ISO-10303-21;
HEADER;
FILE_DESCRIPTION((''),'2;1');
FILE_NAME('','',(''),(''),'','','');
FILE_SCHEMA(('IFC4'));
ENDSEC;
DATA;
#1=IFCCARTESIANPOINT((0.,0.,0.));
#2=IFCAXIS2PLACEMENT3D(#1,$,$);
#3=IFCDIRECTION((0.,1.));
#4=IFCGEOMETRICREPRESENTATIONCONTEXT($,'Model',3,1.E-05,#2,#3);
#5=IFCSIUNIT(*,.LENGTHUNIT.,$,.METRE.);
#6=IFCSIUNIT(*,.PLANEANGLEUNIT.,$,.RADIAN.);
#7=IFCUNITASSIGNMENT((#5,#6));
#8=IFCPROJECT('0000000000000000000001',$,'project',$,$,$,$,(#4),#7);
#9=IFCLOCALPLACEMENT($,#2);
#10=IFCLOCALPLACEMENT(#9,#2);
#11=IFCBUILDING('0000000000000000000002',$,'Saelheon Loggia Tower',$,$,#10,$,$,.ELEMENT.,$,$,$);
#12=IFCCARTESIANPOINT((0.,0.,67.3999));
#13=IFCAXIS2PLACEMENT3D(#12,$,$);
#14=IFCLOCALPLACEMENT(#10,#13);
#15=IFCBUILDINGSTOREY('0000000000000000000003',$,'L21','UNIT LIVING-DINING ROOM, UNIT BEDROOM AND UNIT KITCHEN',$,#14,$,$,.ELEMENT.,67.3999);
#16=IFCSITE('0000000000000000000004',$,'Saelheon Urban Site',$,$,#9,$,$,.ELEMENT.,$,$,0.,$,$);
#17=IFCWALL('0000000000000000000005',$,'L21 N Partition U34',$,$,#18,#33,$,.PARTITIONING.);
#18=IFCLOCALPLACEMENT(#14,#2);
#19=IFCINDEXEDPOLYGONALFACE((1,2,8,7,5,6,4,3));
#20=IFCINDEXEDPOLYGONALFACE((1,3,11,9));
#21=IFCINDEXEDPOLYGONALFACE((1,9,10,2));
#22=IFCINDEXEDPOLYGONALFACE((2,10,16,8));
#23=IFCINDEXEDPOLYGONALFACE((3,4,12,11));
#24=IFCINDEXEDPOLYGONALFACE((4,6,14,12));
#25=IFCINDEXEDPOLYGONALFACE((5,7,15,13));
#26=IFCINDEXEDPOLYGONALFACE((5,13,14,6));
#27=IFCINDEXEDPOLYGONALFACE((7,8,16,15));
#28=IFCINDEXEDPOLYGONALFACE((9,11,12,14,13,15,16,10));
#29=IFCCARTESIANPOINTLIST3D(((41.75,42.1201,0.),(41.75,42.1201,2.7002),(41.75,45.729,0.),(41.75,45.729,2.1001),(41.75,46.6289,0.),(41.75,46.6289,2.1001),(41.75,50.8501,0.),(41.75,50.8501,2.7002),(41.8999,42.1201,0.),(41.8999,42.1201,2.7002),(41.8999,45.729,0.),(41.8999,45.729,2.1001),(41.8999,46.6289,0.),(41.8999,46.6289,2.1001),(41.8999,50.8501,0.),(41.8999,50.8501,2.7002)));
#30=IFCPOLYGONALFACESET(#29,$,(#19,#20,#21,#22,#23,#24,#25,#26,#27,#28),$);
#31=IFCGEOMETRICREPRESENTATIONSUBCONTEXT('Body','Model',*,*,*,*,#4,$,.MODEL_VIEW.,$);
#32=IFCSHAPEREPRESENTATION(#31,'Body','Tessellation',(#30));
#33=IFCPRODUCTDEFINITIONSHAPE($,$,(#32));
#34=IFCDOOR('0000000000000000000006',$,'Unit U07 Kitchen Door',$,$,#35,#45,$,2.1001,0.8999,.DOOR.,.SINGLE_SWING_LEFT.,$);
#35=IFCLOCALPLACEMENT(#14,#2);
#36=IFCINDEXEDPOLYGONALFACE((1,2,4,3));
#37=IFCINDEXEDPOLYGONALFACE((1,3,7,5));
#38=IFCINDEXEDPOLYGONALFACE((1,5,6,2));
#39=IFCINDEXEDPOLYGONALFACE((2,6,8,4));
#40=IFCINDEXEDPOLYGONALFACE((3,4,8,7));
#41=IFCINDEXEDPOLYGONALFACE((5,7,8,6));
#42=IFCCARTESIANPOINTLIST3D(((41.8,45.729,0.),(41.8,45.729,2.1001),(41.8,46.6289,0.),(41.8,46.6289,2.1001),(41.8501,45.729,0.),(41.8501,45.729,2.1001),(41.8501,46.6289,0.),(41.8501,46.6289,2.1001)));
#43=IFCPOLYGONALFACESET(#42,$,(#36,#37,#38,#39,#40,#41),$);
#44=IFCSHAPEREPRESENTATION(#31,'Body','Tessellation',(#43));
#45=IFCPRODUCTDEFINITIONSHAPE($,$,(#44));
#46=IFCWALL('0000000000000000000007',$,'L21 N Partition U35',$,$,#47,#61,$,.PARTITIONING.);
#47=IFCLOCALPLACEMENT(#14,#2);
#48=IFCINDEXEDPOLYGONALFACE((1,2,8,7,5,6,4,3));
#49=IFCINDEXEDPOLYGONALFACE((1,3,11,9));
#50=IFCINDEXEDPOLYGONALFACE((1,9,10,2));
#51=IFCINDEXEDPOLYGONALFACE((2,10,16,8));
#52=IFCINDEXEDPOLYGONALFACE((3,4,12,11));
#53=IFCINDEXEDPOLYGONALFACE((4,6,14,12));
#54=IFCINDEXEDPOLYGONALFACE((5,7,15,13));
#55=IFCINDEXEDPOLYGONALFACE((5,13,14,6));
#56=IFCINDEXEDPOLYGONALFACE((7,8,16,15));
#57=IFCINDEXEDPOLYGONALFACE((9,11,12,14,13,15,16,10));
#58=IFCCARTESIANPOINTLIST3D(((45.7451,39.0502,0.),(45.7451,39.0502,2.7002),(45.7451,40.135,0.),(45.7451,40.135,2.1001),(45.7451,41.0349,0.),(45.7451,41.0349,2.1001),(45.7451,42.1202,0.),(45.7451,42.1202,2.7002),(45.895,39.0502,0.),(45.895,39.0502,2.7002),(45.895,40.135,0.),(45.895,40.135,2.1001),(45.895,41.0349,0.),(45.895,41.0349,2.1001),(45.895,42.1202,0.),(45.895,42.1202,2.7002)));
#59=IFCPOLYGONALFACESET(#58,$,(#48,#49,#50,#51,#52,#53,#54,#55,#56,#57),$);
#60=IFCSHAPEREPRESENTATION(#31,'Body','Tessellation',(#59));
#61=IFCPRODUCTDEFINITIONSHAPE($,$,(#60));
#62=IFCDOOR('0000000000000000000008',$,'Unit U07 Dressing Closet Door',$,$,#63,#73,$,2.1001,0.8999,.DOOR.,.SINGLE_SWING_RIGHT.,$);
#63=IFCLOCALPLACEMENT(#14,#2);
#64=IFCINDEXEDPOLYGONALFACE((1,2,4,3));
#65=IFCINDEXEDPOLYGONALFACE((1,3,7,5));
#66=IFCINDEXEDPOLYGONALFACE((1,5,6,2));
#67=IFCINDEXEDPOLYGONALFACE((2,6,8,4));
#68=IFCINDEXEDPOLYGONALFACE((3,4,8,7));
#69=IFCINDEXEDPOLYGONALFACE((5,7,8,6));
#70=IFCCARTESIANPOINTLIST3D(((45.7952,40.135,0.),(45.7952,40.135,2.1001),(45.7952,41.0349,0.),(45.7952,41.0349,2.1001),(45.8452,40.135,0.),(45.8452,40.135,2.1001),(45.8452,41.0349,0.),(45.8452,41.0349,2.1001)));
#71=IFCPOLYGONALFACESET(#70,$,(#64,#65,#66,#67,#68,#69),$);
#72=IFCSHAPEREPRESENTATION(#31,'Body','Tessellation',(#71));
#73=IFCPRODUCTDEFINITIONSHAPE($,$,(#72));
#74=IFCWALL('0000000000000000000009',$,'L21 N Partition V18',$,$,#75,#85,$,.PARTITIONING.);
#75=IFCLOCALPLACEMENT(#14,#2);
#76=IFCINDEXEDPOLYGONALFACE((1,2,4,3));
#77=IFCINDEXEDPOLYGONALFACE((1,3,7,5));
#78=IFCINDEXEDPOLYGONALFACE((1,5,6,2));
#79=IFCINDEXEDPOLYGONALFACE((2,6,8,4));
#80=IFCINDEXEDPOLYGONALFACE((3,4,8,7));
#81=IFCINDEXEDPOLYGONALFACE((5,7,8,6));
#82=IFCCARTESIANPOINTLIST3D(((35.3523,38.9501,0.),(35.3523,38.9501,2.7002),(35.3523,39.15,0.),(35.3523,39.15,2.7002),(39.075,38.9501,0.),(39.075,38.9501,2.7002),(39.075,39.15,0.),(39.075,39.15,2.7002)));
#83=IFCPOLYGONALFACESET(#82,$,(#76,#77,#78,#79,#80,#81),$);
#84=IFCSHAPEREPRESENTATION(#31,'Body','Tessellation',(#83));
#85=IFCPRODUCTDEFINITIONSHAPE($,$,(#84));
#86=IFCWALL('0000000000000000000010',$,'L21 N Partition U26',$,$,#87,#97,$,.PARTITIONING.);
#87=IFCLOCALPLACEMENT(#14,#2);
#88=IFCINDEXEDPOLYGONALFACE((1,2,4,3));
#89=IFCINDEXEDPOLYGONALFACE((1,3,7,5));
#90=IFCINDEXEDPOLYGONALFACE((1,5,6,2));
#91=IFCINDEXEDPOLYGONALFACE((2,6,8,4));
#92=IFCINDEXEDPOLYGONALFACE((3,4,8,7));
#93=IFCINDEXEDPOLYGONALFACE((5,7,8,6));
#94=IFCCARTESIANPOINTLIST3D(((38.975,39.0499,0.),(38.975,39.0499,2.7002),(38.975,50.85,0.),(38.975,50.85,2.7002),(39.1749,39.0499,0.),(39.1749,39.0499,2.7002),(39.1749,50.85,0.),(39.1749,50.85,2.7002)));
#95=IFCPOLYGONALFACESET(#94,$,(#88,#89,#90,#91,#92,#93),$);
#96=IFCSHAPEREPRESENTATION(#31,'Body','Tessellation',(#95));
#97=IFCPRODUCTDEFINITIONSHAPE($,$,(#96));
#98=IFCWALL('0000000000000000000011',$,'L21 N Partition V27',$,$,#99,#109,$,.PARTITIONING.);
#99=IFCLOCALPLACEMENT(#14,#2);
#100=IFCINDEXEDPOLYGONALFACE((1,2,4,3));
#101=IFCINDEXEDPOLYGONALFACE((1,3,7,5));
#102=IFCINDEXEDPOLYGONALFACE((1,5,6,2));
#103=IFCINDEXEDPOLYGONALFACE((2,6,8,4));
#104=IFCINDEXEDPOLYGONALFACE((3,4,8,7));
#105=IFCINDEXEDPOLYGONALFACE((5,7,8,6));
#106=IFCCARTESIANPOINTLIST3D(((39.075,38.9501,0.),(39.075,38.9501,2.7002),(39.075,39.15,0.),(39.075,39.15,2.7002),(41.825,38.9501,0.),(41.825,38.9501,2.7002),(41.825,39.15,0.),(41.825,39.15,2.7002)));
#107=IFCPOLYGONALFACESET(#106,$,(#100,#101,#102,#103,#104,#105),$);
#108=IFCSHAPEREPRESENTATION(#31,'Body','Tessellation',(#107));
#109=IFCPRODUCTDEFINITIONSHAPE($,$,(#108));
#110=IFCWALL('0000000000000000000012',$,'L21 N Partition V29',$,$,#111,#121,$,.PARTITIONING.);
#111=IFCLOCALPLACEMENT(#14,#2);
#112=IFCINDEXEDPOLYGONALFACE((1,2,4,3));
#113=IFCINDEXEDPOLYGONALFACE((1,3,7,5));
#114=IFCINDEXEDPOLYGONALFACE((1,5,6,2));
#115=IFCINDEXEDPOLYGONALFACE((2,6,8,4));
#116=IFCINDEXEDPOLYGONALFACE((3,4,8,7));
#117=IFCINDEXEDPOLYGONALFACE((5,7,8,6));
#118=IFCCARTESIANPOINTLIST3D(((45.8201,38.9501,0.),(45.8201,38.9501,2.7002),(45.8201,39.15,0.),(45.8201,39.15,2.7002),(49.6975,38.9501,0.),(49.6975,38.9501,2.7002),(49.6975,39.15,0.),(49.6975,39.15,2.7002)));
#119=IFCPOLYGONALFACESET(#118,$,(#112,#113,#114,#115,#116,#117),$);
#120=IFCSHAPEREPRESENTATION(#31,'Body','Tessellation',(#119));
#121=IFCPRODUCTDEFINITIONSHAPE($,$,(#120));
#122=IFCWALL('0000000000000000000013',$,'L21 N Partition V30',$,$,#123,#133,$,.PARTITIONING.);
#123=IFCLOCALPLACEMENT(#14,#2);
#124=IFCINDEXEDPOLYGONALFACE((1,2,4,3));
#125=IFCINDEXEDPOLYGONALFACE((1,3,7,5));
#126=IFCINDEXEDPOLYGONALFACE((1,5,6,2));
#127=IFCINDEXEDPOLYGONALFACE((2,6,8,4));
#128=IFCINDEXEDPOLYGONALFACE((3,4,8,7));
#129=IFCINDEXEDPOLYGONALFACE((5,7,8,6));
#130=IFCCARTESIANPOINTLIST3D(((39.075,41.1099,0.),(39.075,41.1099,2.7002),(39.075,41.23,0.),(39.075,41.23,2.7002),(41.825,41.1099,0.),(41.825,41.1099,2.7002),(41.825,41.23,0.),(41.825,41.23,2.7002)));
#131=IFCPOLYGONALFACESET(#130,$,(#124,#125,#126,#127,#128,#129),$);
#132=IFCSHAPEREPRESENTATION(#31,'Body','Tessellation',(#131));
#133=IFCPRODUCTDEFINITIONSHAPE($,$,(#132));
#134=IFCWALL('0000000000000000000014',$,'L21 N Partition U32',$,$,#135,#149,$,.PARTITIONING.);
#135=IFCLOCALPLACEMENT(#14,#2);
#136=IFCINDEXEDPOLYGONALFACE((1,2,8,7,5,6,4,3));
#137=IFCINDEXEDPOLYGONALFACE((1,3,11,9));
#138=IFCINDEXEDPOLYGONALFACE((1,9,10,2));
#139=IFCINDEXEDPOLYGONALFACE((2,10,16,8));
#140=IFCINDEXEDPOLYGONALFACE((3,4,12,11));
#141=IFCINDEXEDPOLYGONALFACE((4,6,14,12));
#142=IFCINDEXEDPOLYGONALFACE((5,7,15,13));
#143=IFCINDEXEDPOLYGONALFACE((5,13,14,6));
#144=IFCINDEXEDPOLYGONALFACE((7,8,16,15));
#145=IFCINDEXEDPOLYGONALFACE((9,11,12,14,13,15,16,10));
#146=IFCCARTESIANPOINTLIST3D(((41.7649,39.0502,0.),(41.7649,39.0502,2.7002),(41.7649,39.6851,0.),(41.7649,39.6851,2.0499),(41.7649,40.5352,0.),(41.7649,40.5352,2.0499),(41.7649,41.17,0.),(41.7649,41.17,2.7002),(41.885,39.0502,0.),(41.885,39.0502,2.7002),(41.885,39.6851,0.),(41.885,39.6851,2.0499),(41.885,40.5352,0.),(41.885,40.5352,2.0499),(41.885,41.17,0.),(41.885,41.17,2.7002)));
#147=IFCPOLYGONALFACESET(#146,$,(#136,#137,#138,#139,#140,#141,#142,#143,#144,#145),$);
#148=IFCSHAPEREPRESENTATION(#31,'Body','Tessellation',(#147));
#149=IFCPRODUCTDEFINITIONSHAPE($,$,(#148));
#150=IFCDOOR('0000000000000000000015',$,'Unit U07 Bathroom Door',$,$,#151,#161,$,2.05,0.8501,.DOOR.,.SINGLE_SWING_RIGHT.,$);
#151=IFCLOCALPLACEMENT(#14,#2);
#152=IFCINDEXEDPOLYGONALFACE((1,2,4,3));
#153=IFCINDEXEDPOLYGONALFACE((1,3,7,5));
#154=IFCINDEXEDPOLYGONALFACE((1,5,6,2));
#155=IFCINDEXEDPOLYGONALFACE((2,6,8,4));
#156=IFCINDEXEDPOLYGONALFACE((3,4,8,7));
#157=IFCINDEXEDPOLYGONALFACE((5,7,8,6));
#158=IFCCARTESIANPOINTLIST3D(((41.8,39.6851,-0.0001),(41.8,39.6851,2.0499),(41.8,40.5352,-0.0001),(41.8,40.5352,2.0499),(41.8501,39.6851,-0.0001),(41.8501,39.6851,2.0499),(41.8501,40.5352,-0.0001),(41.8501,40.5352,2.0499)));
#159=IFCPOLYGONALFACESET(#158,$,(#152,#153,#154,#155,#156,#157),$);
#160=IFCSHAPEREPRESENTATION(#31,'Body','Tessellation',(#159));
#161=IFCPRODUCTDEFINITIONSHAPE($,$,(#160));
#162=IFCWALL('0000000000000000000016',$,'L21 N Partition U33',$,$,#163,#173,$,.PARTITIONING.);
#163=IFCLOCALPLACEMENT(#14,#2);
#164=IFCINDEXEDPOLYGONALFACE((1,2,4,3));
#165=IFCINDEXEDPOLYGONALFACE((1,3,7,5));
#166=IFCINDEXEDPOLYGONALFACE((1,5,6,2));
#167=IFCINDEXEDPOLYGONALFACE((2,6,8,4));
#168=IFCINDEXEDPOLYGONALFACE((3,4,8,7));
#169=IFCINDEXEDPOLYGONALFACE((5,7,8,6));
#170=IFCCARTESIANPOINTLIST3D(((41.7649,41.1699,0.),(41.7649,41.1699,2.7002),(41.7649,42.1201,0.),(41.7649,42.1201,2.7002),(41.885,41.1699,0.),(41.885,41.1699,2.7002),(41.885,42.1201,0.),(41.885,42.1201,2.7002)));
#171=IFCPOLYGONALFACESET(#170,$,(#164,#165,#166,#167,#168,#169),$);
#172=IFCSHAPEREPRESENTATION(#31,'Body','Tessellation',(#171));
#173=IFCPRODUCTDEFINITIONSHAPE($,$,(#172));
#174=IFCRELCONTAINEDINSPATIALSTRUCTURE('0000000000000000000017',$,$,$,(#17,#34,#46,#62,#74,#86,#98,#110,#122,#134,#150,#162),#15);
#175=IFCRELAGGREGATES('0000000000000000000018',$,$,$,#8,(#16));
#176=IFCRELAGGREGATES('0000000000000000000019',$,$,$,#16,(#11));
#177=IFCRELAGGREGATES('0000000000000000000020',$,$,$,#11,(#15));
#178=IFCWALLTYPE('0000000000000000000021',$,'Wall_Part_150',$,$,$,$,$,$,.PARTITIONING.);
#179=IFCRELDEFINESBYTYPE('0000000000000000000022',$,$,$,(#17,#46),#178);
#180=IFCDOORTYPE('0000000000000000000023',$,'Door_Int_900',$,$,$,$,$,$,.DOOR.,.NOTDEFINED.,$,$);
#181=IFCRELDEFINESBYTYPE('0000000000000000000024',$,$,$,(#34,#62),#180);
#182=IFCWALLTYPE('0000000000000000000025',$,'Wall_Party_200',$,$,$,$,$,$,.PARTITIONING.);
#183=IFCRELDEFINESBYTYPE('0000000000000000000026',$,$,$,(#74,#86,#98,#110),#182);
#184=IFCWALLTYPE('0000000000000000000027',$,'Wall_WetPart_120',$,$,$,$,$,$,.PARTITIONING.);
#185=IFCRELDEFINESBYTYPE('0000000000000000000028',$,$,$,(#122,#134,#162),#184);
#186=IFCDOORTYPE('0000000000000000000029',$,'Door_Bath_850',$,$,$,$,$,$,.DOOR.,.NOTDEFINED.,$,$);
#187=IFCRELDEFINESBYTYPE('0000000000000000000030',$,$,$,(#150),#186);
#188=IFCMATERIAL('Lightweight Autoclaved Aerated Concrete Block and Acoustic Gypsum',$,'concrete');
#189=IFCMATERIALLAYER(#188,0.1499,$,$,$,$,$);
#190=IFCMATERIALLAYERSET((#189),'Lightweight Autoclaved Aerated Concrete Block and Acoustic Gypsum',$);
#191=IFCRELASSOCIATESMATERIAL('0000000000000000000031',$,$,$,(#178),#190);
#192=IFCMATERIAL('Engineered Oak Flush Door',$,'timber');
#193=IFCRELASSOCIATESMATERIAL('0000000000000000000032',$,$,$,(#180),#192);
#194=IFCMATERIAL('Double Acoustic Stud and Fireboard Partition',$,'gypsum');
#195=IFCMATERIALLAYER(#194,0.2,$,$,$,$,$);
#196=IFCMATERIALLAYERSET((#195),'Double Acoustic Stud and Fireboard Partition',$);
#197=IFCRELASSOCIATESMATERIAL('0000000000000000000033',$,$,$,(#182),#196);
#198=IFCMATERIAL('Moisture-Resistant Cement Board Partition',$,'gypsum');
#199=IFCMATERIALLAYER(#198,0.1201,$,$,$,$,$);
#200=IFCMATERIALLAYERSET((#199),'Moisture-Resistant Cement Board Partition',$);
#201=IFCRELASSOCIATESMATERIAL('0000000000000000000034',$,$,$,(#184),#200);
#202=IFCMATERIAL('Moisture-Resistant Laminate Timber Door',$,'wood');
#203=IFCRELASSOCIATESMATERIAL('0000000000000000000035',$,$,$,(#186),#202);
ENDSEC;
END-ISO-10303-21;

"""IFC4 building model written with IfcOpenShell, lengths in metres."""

from ifc_helpers import new_model, si_unit, direction, frame, frame_2d, origin, place, context, subcontext, project, spatial, rectangle, extrude, source, transform, mapped, material, layer, layer_set, type_object, element, fill, save


model = new_model("IFC4")

# Units and contexts
model_context = context("Model", 3, precision=1e-05, world=origin(), true_north=direction((0.0, 1.0)))
body_context = subcontext(model_context, "Body", "Model", "MODEL_VIEW")
ifc_project = project(units=[si_unit("LENGTHUNIT", "METRE"), si_unit("PLANEANGLEUNIT", "RADIAN")], contexts=[model_context])

# Site, building, storey
site_placement = place(None, origin())
site = spatial("IfcSite", under=ifc_project, at=site_placement, Name="Saelheon Urban Site", CompositionType="ELEMENT", RefElevation=0.0)
building_placement = place(site_placement, origin())
building = spatial("IfcBuilding", under=site, at=building_placement, Name="Saelheon Loggia Tower", CompositionType="ELEMENT")
storey_placement = place(building_placement, frame((0.0, 0.0, 67.3999)))
storey = spatial("IfcBuildingStorey", under=building, at=storey_placement, Name="L21", Description="UNIT LIVING-DINING ROOM, UNIT BEDROOM AND UNIT KITCHEN", CompositionType="ELEMENT", Elevation=67.3999)

# Shared definitions
ifc_material_1 = material(Name="Lightweight Autoclaved Aerated Concrete Block and Acoustic Gypsum", Category="concrete")
ifc_layer_1 = layer(ifc_material_1, 0.1499)
ifc_layer_set_1 = layer_set([ifc_layer_1], Name="Lightweight Autoclaved Aerated Concrete Block and Acoustic Gypsum")
wall_type_1 = type_object("IfcWallType", Name="Wall_Part_150", PredefinedType="PARTITIONING", material=ifc_layer_set_1)

# Shared definitions
ifc_material_2 = material(Name="Engineered Oak Flush Door", Category="timber")
door_type_1 = type_object("IfcDoorType", Name="Door_Int_900", OperationType="NOTDEFINED", PredefinedType="DOOR", material=ifc_material_2)
shared_shape_1 = source(origin(), body_context, "Body", "SweptSolid", [
    extrude(rectangle(XDim=0.8999, YDim=2.1001, at=frame_2d((0.45, 1.05))), frame((0.0, 0.0249, 0.0), z_axis=(0.0, -1.0, 0.0), x_axis=(1.0, 0.0, 0.0)), (0.0, 0.0, 1.0), 0.05),
])

# Walls, openings, doors
wall_1_placement = place(storey_placement, frame((41.825, 42.1201, 0.0), z_axis=(0.0, 0.0, 1.0), x_axis=(0.0, 1.0, 0.0)))
wall_1 = element("IfcWall", 1, at=wall_1_placement, inside=storey, type_object=wall_type_1, Name="L21 N Partition U34", PredefinedType="PARTITIONING", context=body_context, shape_type="SweptSolid", body=[
    extrude(rectangle(XDim=8.73, YDim=0.1499, at=frame_2d((4.365, 0.0))), origin(), (0.0, 0.0, 1.0), 2.7002),
])
opening_1_placement = place(wall_1_placement, frame((3.6089, 0.0, 0.0)))
opening_1 = element("IfcOpeningElement", 2, at=opening_1_placement, cuts=wall_1, PredefinedType="OPENING", context=body_context, shape_type="SweptSolid", body=[
    extrude(rectangle(XDim=0.8999, YDim=2.1001, at=frame_2d((0.45, 1.05))), frame((0.0, 0.0869, 0.0), z_axis=(0.0, -1.0, 0.0), x_axis=(1.0, 0.0, 0.0)), (0.0, 0.0, 1.0), 0.1738),
])
door_1_placement = place(opening_1_placement, origin())
door_1 = element("IfcDoor", 3, at=door_1_placement, inside=storey, type_object=door_type_1, Name="Unit U07 Kitchen Door", OperationType="SINGLE_SWING_LEFT", OverallHeight=2.1001, OverallWidth=0.8999, PredefinedType="DOOR", context=body_context, shape_type="MappedRepresentation", body=[
    mapped(shared_shape_1, transform((0.0, 0.0, 0.0), scale=1.0)),
])
fill(opening_1, door_1)
wall_2_placement = place(storey_placement, frame((45.8201, 39.05, 0.0), z_axis=(0.0, 0.0, 1.0), x_axis=(0.0, 1.0, 0.0)))
wall_2 = element("IfcWall", 4, at=wall_2_placement, inside=storey, type_object=wall_type_1, Name="L21 N Partition U35", PredefinedType="PARTITIONING", context=body_context, shape_type="SweptSolid", body=[
    extrude(rectangle(XDim=3.0701, YDim=0.1499, at=frame_2d((1.5352, 0.0))), origin(), (0.0, 0.0, 1.0), 2.7002),
])
opening_2_placement = place(wall_2_placement, frame((1.085, 0.0, 0.0)))
opening_2 = element("IfcOpeningElement", 5, at=opening_2_placement, cuts=wall_2, PredefinedType="OPENING", context=body_context, shape_type="SweptSolid", body=[
    extrude(rectangle(XDim=0.8999, YDim=2.1001, at=frame_2d((0.45, 1.05))), frame((0.0, 0.0869, 0.0), z_axis=(0.0, -1.0, 0.0), x_axis=(1.0, 0.0, 0.0)), (0.0, 0.0, 1.0), 0.1738),
])
door_2_placement = place(opening_2_placement, origin())
door_2 = element("IfcDoor", 6, at=door_2_placement, inside=storey, type_object=door_type_1, Name="Unit U07 Dressing Closet Door", OperationType="SINGLE_SWING_RIGHT", OverallHeight=2.1001, OverallWidth=0.8999, PredefinedType="DOOR", context=body_context, shape_type="MappedRepresentation", body=[
    mapped(shared_shape_1, transform((0.0, 0.0, 0.0), scale=1.0)),
])
fill(opening_2, door_2)

# Walls
ifc_material_3 = material(Name="Double Acoustic Stud and Fireboard Partition", Category="gypsum")
ifc_layer_2 = layer(ifc_material_3, 0.2)
ifc_layer_set_2 = layer_set([ifc_layer_2], Name="Double Acoustic Stud and Fireboard Partition")
wall_type_2 = type_object("IfcWallType", Name="Wall_Party_200", PredefinedType="PARTITIONING", material=ifc_layer_set_2)
wall_3_placement = place(storey_placement, frame((35.3523, 39.05, 0.0), z_axis=(0.0, 0.0, 1.0), x_axis=(1.0, 0.0, 0.0)))
element("IfcWall", 7, at=wall_3_placement, inside=storey, type_object=wall_type_2, Name="L21 N Partition V18", PredefinedType="PARTITIONING", context=body_context, shape_type="SweptSolid", body=[
    extrude(rectangle(XDim=3.7227, YDim=0.2, at=frame_2d((1.8613, 0.0))), origin(), (0.0, 0.0, 1.0), 2.7002),
])
wall_4_placement = place(storey_placement, frame((39.075, 39.05, 0.0), z_axis=(0.0, 0.0, 1.0), x_axis=(0.0, 1.0, 0.0)))
element("IfcWall", 8, at=wall_4_placement, inside=storey, type_object=wall_type_2, Name="L21 N Partition U26", PredefinedType="PARTITIONING", context=body_context, shape_type="SweptSolid", body=[
    extrude(rectangle(XDim=11.8, YDim=0.2, at=frame_2d((5.8999, 0.0))), origin(), (0.0, 0.0, 1.0), 2.7002),
])
wall_5_placement = place(storey_placement, frame((39.075, 39.05, 0.0), z_axis=(0.0, 0.0, 1.0), x_axis=(1.0, 0.0, 0.0)))
element("IfcWall", 9, at=wall_5_placement, inside=storey, type_object=wall_type_2, Name="L21 N Partition V27", PredefinedType="PARTITIONING", context=body_context, shape_type="SweptSolid", body=[
    extrude(rectangle(XDim=2.75, YDim=0.2, at=frame_2d((1.375, 0.0))), origin(), (0.0, 0.0, 1.0), 2.7002),
])

# Walls
wall_6_placement = place(storey_placement, frame((45.8201, 39.05, 0.0), z_axis=(0.0, 0.0, 1.0), x_axis=(1.0, 0.0, 0.0)))
element("IfcWall", 10, at=wall_6_placement, inside=storey, type_object=wall_type_2, Name="L21 N Partition V29", PredefinedType="PARTITIONING", context=body_context, shape_type="SweptSolid", body=[
    extrude(rectangle(XDim=3.8774, YDim=0.2, at=frame_2d((1.9387, 0.0))), origin(), (0.0, 0.0, 1.0), 2.7002),
])
ifc_material_4 = material(Name="Moisture-Resistant Cement Board Partition", Category="gypsum")
ifc_layer_3 = layer(ifc_material_4, 0.1201)
ifc_layer_set_3 = layer_set([ifc_layer_3], Name="Moisture-Resistant Cement Board Partition")
wall_type_3 = type_object("IfcWallType", Name="Wall_WetPart_120", PredefinedType="PARTITIONING", material=ifc_layer_set_3)
wall_7_placement = place(storey_placement, frame((39.075, 41.1699, 0.0), z_axis=(0.0, 0.0, 1.0), x_axis=(1.0, 0.0, 0.0)))
element("IfcWall", 11, at=wall_7_placement, inside=storey, type_object=wall_type_3, Name="L21 N Partition V30", PredefinedType="PARTITIONING", context=body_context, shape_type="SweptSolid", body=[
    extrude(rectangle(XDim=2.75, YDim=0.1201, at=frame_2d((1.375, 0.0))), origin(), (0.0, 0.0, 1.0), 2.7002),
])

# Wall, opening, door
wall_8_placement = place(storey_placement, frame((41.825, 39.05, 0.0), z_axis=(0.0, 0.0, 1.0), x_axis=(0.0, 1.0, 0.0)))
wall_8 = element("IfcWall", 12, at=wall_8_placement, inside=storey, type_object=wall_type_3, Name="L21 N Partition U32", PredefinedType="PARTITIONING", context=body_context, shape_type="SweptSolid", body=[
    extrude(rectangle(XDim=2.1199, YDim=0.1201, at=frame_2d((1.0601, 0.0))), origin(), (0.0, 0.0, 1.0), 2.7002),
])
opening_3_placement = place(wall_8_placement, frame((0.635, 0.0, 0.0)))
opening_3 = element("IfcOpeningElement", 13, at=opening_3_placement, cuts=wall_8, PredefinedType="OPENING", context=body_context, shape_type="SweptSolid", body=[
    extrude(rectangle(XDim=0.8501, YDim=2.05, at=frame_2d((0.425, 1.0249))), frame((0.0, 0.072, 0.0), z_axis=(0.0, -1.0, 0.0), x_axis=(1.0, 0.0, 0.0)), (0.0, 0.0, 1.0), 0.144),
])
ifc_material_5 = material(Name="Moisture-Resistant Laminate Timber Door", Category="wood")
door_type_2 = type_object("IfcDoorType", Name="Door_Bath_850", OperationType="NOTDEFINED", PredefinedType="DOOR", material=ifc_material_5)
shared_shape_2 = source(origin(), body_context, "Body", "SweptSolid", [
    extrude(rectangle(XDim=0.8501, YDim=2.05, at=frame_2d((0.425, 1.0249))), frame((0.0, 0.0249, 0.0), z_axis=(0.0, -1.0, 0.0), x_axis=(1.0, 0.0, 0.0)), (0.0, 0.0, 1.0), 0.05),
])
door_3_placement = place(opening_3_placement, origin())
door_3 = element("IfcDoor", 14, at=door_3_placement, inside=storey, type_object=door_type_2, Name="Unit U07 Bathroom Door", OperationType="SINGLE_SWING_RIGHT", OverallHeight=2.05, OverallWidth=0.8501, PredefinedType="DOOR", context=body_context, shape_type="MappedRepresentation", body=[
    mapped(shared_shape_2, transform((0.0, 0.0, 0.0), scale=1.0)),
])
fill(opening_3, door_3)

# Wall
wall_9_placement = place(storey_placement, frame((41.825, 41.1699, 0.0), z_axis=(0.0, 0.0, 1.0), x_axis=(0.0, 1.0, 0.0)))
element("IfcWall", 15, at=wall_9_placement, inside=storey, type_object=wall_type_3, Name="L21 N Partition U33", PredefinedType="PARTITIONING", context=body_context, shape_type="SweptSolid", body=[
    extrude(rectangle(XDim=0.9502, YDim=0.1201, at=frame_2d((0.4751, 0.0))), origin(), (0.0, 0.0, 1.0), 2.7002),
])

save(model, "model.ifc")
